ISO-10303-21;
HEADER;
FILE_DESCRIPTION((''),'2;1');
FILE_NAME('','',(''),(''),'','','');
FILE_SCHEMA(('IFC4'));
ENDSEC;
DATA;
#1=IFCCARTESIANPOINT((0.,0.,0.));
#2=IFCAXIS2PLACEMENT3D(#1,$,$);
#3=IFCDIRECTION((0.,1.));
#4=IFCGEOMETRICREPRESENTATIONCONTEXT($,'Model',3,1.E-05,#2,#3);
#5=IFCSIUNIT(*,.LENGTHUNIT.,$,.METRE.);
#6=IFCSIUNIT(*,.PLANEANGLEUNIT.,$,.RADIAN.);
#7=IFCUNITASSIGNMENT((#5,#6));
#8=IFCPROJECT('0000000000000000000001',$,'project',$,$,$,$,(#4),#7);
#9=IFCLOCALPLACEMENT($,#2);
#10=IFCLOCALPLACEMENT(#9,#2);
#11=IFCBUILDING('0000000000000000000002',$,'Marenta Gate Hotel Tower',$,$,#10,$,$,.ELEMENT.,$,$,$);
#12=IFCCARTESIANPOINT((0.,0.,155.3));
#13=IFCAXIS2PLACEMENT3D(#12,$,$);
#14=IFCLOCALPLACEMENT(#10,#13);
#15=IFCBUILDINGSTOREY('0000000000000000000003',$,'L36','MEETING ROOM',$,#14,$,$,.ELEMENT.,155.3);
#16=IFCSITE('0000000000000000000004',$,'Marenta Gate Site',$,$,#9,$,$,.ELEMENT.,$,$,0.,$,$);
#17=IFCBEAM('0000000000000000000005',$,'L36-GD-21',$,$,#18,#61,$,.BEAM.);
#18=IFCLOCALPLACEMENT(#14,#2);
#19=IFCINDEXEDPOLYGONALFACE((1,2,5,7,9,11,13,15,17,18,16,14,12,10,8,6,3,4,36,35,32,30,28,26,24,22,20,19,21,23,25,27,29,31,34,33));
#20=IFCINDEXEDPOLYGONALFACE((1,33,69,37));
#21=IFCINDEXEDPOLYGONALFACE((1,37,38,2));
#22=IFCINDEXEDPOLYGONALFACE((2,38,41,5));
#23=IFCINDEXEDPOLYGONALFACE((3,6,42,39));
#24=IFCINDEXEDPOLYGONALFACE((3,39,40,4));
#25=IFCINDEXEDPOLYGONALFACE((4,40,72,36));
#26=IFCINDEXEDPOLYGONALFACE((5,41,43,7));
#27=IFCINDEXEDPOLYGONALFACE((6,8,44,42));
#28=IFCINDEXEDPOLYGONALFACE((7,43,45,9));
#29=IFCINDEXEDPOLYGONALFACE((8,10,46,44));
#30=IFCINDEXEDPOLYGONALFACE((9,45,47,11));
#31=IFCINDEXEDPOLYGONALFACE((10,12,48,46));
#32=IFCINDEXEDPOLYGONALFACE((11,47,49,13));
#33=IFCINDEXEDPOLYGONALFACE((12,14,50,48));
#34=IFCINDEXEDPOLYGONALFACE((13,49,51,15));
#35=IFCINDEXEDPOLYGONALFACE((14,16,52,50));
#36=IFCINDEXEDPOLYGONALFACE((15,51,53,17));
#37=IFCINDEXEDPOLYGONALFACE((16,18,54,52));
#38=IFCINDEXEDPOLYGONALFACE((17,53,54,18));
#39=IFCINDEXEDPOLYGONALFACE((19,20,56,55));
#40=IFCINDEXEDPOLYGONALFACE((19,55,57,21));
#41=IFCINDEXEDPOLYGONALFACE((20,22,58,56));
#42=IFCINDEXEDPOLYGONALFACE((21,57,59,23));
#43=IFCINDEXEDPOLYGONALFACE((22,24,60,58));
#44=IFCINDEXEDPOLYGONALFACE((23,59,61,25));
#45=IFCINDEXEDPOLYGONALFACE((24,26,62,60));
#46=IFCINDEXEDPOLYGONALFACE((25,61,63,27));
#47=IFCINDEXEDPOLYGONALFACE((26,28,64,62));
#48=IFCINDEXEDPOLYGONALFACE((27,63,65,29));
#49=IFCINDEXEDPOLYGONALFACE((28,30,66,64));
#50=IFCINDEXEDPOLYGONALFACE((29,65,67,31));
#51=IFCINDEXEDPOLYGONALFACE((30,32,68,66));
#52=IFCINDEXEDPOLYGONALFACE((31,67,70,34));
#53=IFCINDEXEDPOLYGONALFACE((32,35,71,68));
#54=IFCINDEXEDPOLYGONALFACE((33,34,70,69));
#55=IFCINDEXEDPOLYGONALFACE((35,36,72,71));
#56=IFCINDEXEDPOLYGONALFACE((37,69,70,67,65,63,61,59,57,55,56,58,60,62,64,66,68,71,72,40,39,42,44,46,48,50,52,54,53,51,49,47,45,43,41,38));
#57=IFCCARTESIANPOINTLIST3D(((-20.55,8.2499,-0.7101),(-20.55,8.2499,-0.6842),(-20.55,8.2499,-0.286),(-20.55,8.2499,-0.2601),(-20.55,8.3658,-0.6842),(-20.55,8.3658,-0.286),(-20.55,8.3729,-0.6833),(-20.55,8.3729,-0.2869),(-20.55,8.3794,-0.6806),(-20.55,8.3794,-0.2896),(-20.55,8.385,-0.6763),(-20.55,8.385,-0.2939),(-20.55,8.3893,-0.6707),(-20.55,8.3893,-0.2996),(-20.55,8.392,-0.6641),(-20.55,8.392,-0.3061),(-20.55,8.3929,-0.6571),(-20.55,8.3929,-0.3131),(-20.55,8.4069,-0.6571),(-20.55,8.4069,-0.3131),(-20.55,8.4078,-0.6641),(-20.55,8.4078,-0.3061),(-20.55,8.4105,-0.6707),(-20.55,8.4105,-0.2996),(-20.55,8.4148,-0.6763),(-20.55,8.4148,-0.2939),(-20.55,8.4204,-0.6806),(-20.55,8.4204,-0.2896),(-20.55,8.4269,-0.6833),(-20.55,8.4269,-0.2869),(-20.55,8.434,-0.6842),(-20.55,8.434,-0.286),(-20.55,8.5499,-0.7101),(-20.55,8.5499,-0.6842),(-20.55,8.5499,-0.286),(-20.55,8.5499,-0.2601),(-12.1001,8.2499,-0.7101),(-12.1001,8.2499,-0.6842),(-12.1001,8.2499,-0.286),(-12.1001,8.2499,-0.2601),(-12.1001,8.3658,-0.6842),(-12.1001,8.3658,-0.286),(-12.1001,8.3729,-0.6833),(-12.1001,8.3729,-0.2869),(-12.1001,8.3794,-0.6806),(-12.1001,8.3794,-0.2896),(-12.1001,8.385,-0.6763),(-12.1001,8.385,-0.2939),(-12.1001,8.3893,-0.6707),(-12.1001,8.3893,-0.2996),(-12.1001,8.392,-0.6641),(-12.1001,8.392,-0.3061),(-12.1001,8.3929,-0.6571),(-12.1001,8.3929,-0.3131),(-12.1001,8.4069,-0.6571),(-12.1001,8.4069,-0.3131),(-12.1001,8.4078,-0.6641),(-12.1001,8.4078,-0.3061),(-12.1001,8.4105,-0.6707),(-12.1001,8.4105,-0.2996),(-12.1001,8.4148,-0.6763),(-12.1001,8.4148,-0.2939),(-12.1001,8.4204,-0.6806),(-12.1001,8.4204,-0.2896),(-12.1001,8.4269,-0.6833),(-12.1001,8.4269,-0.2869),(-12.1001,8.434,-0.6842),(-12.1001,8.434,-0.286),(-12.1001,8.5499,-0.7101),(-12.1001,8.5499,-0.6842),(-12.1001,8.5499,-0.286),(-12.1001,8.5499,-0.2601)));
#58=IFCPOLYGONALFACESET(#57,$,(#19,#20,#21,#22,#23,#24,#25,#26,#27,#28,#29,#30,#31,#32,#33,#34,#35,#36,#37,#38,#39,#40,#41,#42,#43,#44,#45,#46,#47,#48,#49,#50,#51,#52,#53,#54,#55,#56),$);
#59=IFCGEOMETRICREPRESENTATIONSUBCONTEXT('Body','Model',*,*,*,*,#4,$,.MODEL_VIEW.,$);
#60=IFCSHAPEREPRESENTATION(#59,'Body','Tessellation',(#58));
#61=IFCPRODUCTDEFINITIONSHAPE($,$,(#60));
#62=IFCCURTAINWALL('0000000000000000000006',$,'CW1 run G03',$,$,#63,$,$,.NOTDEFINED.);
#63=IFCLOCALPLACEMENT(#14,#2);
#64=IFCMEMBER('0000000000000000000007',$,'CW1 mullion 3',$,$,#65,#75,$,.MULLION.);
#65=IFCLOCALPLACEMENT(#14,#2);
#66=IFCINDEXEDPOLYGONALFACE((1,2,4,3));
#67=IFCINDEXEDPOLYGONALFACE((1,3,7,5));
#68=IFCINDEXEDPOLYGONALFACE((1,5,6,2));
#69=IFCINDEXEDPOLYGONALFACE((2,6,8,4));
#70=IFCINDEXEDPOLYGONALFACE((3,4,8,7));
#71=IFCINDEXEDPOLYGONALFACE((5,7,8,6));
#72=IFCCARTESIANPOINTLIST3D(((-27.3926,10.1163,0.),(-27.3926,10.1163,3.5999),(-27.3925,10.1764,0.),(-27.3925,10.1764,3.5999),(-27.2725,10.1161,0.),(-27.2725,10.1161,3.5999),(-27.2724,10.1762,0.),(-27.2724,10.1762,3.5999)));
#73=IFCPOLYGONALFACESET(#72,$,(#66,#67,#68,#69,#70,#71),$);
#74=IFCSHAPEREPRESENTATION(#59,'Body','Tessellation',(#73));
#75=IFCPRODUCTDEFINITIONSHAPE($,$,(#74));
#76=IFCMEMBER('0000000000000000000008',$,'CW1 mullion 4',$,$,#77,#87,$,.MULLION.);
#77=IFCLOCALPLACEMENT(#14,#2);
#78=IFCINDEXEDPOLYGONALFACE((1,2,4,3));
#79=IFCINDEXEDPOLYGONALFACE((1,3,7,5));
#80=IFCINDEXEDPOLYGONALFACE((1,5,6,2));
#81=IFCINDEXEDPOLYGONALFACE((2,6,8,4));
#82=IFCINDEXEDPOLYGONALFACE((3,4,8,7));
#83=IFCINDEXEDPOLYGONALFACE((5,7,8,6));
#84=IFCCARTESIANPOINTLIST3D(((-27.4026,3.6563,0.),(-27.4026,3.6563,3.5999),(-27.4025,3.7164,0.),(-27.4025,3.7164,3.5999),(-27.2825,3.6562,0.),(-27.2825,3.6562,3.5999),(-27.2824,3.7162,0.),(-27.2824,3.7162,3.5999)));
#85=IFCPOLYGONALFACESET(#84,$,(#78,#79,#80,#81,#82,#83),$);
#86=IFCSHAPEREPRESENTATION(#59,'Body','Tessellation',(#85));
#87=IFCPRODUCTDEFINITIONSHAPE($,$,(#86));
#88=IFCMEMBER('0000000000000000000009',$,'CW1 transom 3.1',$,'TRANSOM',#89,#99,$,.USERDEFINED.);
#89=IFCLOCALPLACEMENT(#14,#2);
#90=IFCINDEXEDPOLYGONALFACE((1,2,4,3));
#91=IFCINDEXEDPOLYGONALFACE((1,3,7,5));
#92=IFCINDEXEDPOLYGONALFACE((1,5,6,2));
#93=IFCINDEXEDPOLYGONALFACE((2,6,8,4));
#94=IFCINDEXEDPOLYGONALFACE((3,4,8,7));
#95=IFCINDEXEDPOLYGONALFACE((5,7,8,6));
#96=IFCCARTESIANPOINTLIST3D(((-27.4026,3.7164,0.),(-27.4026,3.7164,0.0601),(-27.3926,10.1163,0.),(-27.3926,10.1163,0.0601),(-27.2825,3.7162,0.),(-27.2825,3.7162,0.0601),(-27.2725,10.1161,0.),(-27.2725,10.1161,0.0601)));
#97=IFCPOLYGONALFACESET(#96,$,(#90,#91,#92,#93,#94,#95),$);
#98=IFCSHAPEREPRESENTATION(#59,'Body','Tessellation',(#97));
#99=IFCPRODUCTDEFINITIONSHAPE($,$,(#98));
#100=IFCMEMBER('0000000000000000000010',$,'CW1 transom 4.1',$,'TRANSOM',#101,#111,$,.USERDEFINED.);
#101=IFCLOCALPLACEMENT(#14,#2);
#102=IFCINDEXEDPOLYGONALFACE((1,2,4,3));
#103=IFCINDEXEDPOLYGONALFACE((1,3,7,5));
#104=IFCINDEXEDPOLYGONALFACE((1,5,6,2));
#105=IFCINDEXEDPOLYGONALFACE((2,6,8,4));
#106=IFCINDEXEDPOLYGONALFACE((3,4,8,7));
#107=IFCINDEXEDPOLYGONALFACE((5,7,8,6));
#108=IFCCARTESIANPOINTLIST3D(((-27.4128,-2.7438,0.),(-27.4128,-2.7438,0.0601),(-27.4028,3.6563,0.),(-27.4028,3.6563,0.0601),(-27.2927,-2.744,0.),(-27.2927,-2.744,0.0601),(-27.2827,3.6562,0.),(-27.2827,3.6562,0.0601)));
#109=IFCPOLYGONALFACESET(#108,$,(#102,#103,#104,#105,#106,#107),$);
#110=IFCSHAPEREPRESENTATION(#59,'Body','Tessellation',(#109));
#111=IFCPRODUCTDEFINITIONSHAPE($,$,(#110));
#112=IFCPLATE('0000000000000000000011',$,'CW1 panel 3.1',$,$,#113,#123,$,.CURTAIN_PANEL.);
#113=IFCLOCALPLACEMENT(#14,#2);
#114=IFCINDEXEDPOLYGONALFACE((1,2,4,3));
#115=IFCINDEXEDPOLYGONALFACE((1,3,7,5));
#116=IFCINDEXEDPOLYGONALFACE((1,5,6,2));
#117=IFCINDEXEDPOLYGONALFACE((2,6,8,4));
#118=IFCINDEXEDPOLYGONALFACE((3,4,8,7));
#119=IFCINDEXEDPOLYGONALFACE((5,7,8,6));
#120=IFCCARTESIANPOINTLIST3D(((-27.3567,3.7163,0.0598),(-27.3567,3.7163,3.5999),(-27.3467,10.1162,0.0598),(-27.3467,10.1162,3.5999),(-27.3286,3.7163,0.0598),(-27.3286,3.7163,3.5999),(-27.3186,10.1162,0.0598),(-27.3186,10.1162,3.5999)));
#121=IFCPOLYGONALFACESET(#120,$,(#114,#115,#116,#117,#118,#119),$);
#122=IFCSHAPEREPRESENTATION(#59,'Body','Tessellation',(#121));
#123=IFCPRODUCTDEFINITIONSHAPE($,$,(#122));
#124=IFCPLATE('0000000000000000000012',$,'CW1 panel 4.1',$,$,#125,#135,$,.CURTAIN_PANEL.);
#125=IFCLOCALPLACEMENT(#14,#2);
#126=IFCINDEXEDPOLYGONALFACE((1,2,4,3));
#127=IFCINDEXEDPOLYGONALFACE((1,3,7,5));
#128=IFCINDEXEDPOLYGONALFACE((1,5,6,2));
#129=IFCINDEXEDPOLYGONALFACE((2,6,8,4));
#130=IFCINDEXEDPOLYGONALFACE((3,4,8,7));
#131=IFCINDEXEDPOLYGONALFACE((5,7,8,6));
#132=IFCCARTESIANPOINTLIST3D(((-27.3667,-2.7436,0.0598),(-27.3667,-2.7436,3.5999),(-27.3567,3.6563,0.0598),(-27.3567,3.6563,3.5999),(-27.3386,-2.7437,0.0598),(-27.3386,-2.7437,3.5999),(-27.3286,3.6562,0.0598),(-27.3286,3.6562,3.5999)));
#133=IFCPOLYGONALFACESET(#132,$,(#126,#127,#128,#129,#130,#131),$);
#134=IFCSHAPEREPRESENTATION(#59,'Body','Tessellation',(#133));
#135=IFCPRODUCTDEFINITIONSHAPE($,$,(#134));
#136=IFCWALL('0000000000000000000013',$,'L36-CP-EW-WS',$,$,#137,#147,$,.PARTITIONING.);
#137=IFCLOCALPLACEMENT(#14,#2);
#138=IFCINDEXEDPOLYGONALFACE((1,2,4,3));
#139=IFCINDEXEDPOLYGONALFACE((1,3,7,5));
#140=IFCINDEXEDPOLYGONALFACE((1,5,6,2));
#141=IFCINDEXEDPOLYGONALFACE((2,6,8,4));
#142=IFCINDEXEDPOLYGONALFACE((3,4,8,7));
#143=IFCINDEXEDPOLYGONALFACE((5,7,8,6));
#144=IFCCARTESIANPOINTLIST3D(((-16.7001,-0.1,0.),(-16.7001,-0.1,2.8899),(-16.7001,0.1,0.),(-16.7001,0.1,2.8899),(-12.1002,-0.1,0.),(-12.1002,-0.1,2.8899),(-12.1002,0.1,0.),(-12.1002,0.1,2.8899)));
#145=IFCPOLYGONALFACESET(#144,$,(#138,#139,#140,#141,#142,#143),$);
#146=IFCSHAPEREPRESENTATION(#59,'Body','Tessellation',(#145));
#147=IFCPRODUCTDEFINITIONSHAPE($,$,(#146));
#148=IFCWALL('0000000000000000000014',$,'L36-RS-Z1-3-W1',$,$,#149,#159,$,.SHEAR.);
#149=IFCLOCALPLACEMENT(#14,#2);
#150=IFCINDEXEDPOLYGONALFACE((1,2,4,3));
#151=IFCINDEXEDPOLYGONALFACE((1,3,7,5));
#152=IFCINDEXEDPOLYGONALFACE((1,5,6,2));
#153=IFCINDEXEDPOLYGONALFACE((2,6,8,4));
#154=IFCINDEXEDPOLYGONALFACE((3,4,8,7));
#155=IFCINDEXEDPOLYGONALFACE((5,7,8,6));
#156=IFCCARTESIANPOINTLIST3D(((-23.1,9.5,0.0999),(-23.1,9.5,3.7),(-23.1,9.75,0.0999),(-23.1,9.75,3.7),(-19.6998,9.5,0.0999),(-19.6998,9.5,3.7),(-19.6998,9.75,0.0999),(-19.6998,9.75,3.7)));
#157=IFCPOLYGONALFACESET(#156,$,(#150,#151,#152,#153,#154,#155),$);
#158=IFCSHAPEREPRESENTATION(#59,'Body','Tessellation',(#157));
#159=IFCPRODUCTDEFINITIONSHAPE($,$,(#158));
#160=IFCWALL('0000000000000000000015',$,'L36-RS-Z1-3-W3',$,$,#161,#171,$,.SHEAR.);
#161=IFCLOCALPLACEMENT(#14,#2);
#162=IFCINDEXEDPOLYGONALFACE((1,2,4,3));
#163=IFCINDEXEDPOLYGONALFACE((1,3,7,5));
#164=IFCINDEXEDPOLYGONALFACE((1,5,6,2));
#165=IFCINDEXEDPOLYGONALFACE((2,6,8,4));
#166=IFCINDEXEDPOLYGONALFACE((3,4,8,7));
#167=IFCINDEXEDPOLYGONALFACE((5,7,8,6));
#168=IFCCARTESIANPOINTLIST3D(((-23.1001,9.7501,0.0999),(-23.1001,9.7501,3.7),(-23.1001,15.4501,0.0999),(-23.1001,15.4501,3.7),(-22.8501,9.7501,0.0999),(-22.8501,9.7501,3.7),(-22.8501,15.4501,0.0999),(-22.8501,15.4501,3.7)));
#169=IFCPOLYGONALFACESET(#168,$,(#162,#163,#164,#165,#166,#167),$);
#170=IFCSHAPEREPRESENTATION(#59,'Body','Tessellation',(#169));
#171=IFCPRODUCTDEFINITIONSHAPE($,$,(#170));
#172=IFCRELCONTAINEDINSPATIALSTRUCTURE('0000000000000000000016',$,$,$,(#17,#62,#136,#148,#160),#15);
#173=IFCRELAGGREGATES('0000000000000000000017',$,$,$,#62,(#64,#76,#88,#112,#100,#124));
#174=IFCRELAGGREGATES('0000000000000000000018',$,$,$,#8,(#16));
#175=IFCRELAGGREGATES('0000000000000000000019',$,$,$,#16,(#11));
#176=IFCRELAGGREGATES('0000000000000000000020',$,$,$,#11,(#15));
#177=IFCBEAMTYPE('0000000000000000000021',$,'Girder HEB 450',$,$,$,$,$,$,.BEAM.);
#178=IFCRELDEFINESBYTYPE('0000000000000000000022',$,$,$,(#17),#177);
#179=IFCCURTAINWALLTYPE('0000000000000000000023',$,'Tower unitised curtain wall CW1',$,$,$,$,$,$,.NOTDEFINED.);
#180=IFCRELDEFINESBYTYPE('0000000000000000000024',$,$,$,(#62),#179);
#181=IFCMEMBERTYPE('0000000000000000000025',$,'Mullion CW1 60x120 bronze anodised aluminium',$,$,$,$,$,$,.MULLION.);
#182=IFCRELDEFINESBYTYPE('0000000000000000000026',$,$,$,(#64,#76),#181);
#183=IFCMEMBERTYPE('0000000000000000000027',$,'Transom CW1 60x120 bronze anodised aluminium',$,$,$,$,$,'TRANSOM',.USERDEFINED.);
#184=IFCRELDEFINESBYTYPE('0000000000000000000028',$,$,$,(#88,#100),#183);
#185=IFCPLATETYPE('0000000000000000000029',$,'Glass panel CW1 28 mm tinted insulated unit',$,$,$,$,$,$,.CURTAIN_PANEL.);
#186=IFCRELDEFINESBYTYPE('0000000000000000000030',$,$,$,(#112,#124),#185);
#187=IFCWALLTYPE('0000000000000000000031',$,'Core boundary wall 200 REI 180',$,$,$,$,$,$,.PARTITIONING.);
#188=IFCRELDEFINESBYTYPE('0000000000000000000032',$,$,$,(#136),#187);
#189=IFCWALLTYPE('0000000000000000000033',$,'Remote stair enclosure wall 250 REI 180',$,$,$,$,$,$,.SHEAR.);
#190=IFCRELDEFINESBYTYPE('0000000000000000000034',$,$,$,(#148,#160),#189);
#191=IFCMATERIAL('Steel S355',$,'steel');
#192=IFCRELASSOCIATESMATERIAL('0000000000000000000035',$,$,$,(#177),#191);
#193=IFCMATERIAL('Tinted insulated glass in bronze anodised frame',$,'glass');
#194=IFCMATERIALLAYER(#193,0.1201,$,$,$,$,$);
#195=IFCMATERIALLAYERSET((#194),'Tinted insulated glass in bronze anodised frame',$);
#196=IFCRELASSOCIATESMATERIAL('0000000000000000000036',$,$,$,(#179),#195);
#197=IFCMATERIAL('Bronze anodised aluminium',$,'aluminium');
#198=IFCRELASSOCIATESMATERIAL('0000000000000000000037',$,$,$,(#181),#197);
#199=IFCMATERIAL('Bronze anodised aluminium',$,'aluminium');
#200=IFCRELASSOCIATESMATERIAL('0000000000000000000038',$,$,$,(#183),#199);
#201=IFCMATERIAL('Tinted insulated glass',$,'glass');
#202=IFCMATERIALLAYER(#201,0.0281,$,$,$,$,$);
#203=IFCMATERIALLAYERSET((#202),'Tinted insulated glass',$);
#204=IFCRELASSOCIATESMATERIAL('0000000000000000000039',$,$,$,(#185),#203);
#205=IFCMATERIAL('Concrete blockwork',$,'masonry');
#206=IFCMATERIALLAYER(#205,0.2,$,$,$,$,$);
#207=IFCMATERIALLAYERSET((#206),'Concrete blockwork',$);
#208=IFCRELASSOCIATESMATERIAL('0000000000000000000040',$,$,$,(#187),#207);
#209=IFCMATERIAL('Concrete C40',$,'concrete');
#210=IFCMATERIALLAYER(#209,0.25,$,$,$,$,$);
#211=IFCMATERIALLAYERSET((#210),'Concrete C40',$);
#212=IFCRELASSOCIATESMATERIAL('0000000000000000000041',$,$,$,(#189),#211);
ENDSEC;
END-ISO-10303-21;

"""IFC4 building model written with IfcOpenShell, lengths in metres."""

from ifc_helpers import new_model, si_unit, direction, frame, frame_2d, origin, origin_2d, place, context, subcontext, project, spatial, rectangle, i_section, extrude, material, layer, layer_set, material_profile, profile_set, type_object, element, aggregate, save


model = new_model("IFC4")

# Units and contexts
model_context = context("Model", 3, precision=1e-05, world=origin(), true_north=direction((0.0, 1.0)))
body_context = subcontext(model_context, "Body", "Model", "MODEL_VIEW")
ifc_project = project(units=[si_unit("LENGTHUNIT", "METRE"), si_unit("PLANEANGLEUNIT", "RADIAN")], contexts=[model_context])

# Site, building, storey
site_placement = place(None, origin())
site = spatial("IfcSite", under=ifc_project, at=site_placement, Name="Marenta Gate Site", CompositionType="ELEMENT", RefElevation=0.0)
building_placement = place(site_placement, origin())
building = spatial("IfcBuilding", under=site, at=building_placement, Name="Marenta Gate Hotel Tower", CompositionType="ELEMENT")
storey_placement = place(building_placement, frame((0.0, 0.0, 155.3)))
storey = spatial("IfcBuildingStorey", under=building, at=storey_placement, Name="L36", Description="MEETING ROOM", CompositionType="ELEMENT", Elevation=155.3)

# Beam
ifc_material_1 = material(Name="Steel S355", Category="steel")
ifc_material_profile_1 = material_profile(ifc_material_1, i_section(OverallWidth=0.3, OverallDepth=0.45, WebThickness=0.0139, FlangeThickness=0.0259, FilletRadius=0.0271, at=origin_2d()), Name="HEB 450")
ifc_profile_set_1 = profile_set([ifc_material_profile_1], Name="Steel S355")
beam_type_1 = type_object("IfcBeamType", Name="Girder HEB 450", PredefinedType="BEAM", material=ifc_profile_set_1)
beam_1_placement = place(storey_placement, frame((-20.55, 8.3999, -0.4851), z_axis=(1.0, 0.0, 0.0), x_axis=(0.0, 1.0, 0.0)))
element("IfcBeam", 1, at=beam_1_placement, inside=storey, type_object=beam_type_1, Name="L36-GD-21", PredefinedType="BEAM", context=body_context, shape_type="SweptSolid", body=[
    extrude(i_section(OverallWidth=0.3, OverallDepth=0.45, WebThickness=0.0139, FlangeThickness=0.0259, FilletRadius=0.0271, at=origin_2d()), origin(), (0.0, 0.0, 1.0), 8.45),
])

# Curtain wall, members, plates
ifc_material_2 = material(Name="Tinted insulated glass in bronze anodised frame", Category="glass")
ifc_layer_1 = layer(ifc_material_2, 0.1201)
ifc_layer_set_1 = layer_set([ifc_layer_1], Name="Tinted insulated glass in bronze anodised frame")
curtain_wall_type = type_object("IfcCurtainWallType", Name="Tower unitised curtain wall CW1", PredefinedType="NOTDEFINED", material=ifc_layer_set_1)
curtain_wall_placement = place(storey_placement, origin())
curtain_wall = element("IfcCurtainWall", 2, at=curtain_wall_placement, inside=storey, type_object=curtain_wall_type, Name="CW1 run G03", PredefinedType="NOTDEFINED")
ifc_material_3 = material(Name="Bronze anodised aluminium", Category="aluminium")
ifc_material_profile_2 = material_profile(ifc_material_3, rectangle(XDim=0.1201, YDim=0.0601, at=origin_2d()), Name="Mullion CW1 60x120 bronze anodised aluminium")
ifc_profile_set_2 = profile_set([ifc_material_profile_2], Name="Bronze anodised aluminium")
member_type_1 = type_object("IfcMemberType", Name="Mullion CW1 60x120 bronze anodised aluminium", PredefinedType="MULLION", material=ifc_profile_set_2)
member_1_placement = place(storey_placement, frame((-27.3325, 10.1462, 0.0), z_axis=(0.0, 0.0, 1.0), x_axis=(0.999999, -0.001566, 0.0)))
member_1 = element("IfcMember", 3, at=member_1_placement, type_object=member_type_1, Name="CW1 mullion 3", PredefinedType="MULLION", context=body_context, shape_type="SweptSolid", body=[
    extrude(rectangle(XDim=0.1201, YDim=0.0601, at=origin_2d()), origin(), (0.0, 0.0, 1.0), 3.5999),
])
member_2_placement = place(storey_placement, frame((-27.3425, 3.6863, 0.0), z_axis=(0.0, 0.0, 1.0), x_axis=(0.999999, -0.001566, 0.0)))
member_2 = element("IfcMember", 4, at=member_2_placement, type_object=member_type_1, Name="CW1 mullion 4", PredefinedType="MULLION", context=body_context, shape_type="SweptSolid", body=[
    extrude(rectangle(XDim=0.1201, YDim=0.0601, at=origin_2d()), origin(), (0.0, 0.0, 1.0), 3.5999),
])
ifc_material_4 = material(Name="Bronze anodised aluminium", Category="aluminium")
ifc_material_profile_3 = material_profile(ifc_material_4, rectangle(XDim=0.1201, YDim=0.0601, at=origin_2d()), Name="Transom CW1 60x120 bronze anodised aluminium")
ifc_profile_set_3 = profile_set([ifc_material_profile_3], Name="Bronze anodised aluminium")
member_type_2 = type_object("IfcMemberType", Name="Transom CW1 60x120 bronze anodised aluminium", ElementType="TRANSOM", PredefinedType="USERDEFINED", material=ifc_profile_set_3)
member_3_placement = place(storey_placement, frame((-27.3325, 10.1162, 0.03), z_axis=(-0.001564, -0.999999, 0.0), x_axis=(0.999999, -0.001564, 0.0)))
member_3 = element("IfcMember", 5, at=member_3_placement, type_object=member_type_2, Name="CW1 transom 3.1", ObjectType="TRANSOM", PredefinedType="USERDEFINED", context=body_context, shape_type="SweptSolid", body=[
    extrude(rectangle(XDim=0.1201, YDim=0.0601, at=origin_2d()), origin(), (0.0, 0.0, 1.0), 6.3999),
])
member_4_placement = place(storey_placement, frame((-27.3428, 3.6562, 0.03), z_axis=(-0.001564, -0.999999, 0.0), x_axis=(0.999999, -0.001564, 0.0)))
member_4 = element("IfcMember", 6, at=member_4_placement, type_object=member_type_2, Name="CW1 transom 4.1", ObjectType="TRANSOM", PredefinedType="USERDEFINED", context=body_context, shape_type="SweptSolid", body=[
    extrude(rectangle(XDim=0.1201, YDim=0.0601, at=origin_2d()), origin(), (0.0, 0.0, 1.0), 6.4001),
])
ifc_material_5 = material(Name="Tinted insulated glass", Category="glass")
ifc_layer_2 = layer(ifc_material_5, 0.0281)
ifc_layer_set_2 = layer_set([ifc_layer_2], Name="Tinted insulated glass")
plate_type = type_object("IfcPlateType", Name="Glass panel CW1 28 mm tinted insulated unit", PredefinedType="CURTAIN_PANEL", material=ifc_layer_set_2)
plate_1_placement = place(storey_placement, frame((-27.3376, 6.9163, 0.0598), z_axis=(0.0, 0.0, 1.0), x_axis=(-0.001566, -0.999999, 0.0)))
plate_1 = element("IfcPlate", 7, at=plate_1_placement, type_object=plate_type, Name="CW1 panel 3.1", PredefinedType="CURTAIN_PANEL", context=body_context, shape_type="SweptSolid", body=[
    extrude(rectangle(XDim=6.3999, YDim=0.0281, at=origin_2d()), origin(), (0.0, 0.0, 1.0), 3.54),
])
plate_2_placement = place(storey_placement, frame((-27.3477, 0.4563, 0.0598), z_axis=(0.0, 0.0, 1.0), x_axis=(-0.001566, -0.999999, 0.0)))
plate_2 = element("IfcPlate", 8, at=plate_2_placement, type_object=plate_type, Name="CW1 panel 4.1", PredefinedType="CURTAIN_PANEL", context=body_context, shape_type="SweptSolid", body=[
    extrude(rectangle(XDim=6.3999, YDim=0.0281, at=origin_2d()), origin(), (0.0, 0.0, 1.0), 3.54),
])
aggregate(curtain_wall, [member_1, member_2, member_3, plate_1, member_4, plate_2])

# Walls
ifc_material_6 = material(Name="Concrete blockwork", Category="masonry")
ifc_layer_3 = layer(ifc_material_6, 0.2)
ifc_layer_set_3 = layer_set([ifc_layer_3], Name="Concrete blockwork")
wall_type_1 = type_object("IfcWallType", Name="Core boundary wall 200 REI 180", PredefinedType="PARTITIONING", material=ifc_layer_set_3)
wall_1_placement = place(storey_placement, frame((-16.7, 0.0, 0.0), z_axis=(0.0, 0.0, 1.0), x_axis=(1.0, 0.0, 0.0)))
element("IfcWall", 9, at=wall_1_placement, inside=storey, type_object=wall_type_1, Name="L36-CP-EW-WS", PredefinedType="PARTITIONING", context=body_context, shape_type="SweptSolid", body=[
    extrude(rectangle(XDim=4.5999, YDim=0.2, at=frame_2d((2.2998, 0.0))), origin(), (0.0, 0.0, 1.0), 2.8899),
])
ifc_material_7 = material(Name="Concrete C40", Category="concrete")
ifc_layer_4 = layer(ifc_material_7, 0.25)
ifc_layer_set_4 = layer_set([ifc_layer_4], Name="Concrete C40")
wall_type_2 = type_object("IfcWallType", Name="Remote stair enclosure wall 250 REI 180", PredefinedType="SHEAR", material=ifc_layer_set_4)
wall_2_placement = place(storey_placement, frame((-23.1001, 9.625, 0.0999), z_axis=(0.0, 0.0, 1.0), x_axis=(1.0, 0.0, 0.0)))
element("IfcWall", 10, at=wall_2_placement, inside=storey, type_object=wall_type_2, Name="L36-RS-Z1-3-W1", PredefinedType="SHEAR", context=body_context, shape_type="SweptSolid", body=[
    extrude(rectangle(XDim=3.4001, YDim=0.25, at=frame_2d((1.7002, 0.0))), origin(), (0.0, 0.0, 1.0), 3.6001),
])
wall_3_placement = place(storey_placement, frame((-22.9751, 9.75, 0.0999), z_axis=(0.0, 0.0, 1.0), x_axis=(0.0, 1.0, 0.0)))
element("IfcWall", 11, at=wall_3_placement, inside=storey, type_object=wall_type_2, Name="L36-RS-Z1-3-W3", PredefinedType="SHEAR", context=body_context, shape_type="SweptSolid", body=[
    extrude(rectangle(XDim=5.7, YDim=0.25, at=frame_2d((2.8501, 0.0))), origin(), (0.0, 0.0, 1.0), 3.6001),
])

save(model, "model.ifc")
